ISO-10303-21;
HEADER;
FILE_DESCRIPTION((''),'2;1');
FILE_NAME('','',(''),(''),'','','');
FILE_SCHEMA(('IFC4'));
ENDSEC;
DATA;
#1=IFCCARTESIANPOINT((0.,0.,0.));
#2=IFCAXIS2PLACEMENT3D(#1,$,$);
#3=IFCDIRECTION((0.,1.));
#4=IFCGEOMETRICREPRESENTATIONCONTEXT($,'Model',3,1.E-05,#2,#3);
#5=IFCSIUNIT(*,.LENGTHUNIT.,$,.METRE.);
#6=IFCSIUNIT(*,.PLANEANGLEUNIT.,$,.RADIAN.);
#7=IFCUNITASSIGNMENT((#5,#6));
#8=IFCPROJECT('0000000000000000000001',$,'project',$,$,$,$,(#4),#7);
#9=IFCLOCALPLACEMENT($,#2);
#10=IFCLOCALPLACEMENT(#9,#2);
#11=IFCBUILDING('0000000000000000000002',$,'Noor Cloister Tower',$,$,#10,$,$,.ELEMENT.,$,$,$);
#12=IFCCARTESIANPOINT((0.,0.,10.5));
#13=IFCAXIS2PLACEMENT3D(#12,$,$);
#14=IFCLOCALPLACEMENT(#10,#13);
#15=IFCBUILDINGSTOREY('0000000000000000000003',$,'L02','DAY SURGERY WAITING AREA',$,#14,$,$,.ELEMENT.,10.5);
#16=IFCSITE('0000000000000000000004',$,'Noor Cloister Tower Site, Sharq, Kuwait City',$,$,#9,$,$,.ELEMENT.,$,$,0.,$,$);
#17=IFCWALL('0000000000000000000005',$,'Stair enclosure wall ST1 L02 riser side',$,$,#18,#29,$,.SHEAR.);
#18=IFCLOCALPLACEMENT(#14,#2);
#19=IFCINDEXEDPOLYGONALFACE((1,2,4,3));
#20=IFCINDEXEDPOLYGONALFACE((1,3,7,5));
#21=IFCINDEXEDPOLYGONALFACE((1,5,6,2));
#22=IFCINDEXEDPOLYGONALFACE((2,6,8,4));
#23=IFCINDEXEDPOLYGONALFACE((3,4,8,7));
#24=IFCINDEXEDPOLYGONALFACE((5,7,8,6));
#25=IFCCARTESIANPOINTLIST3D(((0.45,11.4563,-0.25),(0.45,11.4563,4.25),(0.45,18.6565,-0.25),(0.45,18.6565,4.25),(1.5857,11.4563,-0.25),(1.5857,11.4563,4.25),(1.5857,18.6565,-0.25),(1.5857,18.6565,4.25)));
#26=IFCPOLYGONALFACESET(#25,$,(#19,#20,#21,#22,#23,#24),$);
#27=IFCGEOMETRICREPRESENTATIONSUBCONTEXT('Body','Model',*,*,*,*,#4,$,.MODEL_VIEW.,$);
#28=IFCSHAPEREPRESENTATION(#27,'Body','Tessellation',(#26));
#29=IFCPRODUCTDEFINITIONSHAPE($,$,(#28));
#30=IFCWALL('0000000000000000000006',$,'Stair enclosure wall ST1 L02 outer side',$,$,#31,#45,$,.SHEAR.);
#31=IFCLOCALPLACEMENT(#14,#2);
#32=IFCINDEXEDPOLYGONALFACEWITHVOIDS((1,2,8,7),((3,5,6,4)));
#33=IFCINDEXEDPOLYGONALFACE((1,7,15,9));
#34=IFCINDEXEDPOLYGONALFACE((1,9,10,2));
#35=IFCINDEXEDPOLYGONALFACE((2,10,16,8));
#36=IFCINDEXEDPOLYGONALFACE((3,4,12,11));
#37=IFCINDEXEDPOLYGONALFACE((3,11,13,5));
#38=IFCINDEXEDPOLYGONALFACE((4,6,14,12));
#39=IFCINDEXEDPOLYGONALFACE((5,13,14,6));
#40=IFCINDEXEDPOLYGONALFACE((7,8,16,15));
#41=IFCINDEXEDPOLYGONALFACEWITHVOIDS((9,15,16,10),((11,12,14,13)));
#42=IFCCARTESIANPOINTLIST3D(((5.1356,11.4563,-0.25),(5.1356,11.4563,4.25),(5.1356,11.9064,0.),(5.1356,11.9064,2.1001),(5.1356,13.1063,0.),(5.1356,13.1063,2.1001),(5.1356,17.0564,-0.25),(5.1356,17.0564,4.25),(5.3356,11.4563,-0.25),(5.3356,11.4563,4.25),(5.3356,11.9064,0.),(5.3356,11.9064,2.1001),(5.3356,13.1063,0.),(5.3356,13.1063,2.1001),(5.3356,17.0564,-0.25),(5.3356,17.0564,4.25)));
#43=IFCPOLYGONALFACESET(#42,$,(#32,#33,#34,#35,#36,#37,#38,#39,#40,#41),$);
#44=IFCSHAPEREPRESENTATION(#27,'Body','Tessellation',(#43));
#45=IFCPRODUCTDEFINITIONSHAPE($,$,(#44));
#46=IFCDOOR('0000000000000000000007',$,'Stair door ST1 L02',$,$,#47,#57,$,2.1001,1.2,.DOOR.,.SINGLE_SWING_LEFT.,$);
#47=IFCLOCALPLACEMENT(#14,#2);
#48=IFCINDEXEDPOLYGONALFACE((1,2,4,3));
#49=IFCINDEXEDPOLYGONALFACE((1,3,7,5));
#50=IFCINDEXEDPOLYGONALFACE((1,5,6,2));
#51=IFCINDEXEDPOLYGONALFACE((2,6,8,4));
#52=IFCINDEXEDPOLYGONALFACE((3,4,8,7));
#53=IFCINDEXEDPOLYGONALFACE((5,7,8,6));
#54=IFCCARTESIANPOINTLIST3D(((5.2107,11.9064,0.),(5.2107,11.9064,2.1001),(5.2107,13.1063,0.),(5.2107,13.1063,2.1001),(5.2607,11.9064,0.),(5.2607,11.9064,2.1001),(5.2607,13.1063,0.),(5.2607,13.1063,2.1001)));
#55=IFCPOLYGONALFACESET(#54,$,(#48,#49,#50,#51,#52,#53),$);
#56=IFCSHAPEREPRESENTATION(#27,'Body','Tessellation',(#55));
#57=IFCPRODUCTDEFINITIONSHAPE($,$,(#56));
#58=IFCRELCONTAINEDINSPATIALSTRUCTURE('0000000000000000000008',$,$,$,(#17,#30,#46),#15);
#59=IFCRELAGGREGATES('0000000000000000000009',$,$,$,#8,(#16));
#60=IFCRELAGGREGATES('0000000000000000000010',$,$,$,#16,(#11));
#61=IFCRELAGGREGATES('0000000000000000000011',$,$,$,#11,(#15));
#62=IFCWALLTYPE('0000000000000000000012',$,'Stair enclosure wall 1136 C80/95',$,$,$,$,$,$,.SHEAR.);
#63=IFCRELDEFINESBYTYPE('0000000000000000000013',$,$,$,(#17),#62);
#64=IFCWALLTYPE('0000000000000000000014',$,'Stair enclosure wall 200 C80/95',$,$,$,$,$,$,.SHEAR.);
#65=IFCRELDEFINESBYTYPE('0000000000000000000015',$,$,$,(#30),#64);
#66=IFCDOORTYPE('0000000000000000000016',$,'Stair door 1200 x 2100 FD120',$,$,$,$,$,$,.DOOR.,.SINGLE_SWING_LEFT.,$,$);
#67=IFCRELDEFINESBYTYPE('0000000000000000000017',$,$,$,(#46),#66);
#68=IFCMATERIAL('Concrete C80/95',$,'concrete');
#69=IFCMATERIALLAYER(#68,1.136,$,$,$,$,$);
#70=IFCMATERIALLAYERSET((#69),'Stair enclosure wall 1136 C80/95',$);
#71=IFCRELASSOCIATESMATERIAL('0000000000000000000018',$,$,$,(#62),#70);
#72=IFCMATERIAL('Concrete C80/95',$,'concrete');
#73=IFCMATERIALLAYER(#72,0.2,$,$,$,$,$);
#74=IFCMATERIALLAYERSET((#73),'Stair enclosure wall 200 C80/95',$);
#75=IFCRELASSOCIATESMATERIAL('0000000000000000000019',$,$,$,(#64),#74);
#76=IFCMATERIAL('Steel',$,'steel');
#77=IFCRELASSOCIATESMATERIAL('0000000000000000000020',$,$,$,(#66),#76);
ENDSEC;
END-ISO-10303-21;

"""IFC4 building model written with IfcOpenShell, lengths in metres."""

from ifc_helpers import new_model, si_unit, direction, frame, frame_2d, origin, place, context, subcontext, project, spatial, rectangle, extrude, material, layer, layer_set, type_object, element, fill, save


model = new_model("IFC4")

# Units and contexts
model_context = context("Model", 3, precision=1e-05, world=origin(), true_north=direction((0.0, 1.0)))
body_context = subcontext(model_context, "Body", "Model", "MODEL_VIEW")
ifc_project = project(units=[si_unit("LENGTHUNIT", "METRE"), si_unit("PLANEANGLEUNIT", "RADIAN")], contexts=[model_context])

# Site, building, storey
site_placement = place(None, origin())
site = spatial("IfcSite", under=ifc_project, at=site_placement, Name="Noor Cloister Tower Site, Sharq, Kuwait City", CompositionType="ELEMENT", RefElevation=0.0)
building_placement = place(site_placement, origin())
building = spatial("IfcBuilding", under=site, at=building_placement, Name="Noor Cloister Tower", CompositionType="ELEMENT")
storey_placement = place(building_placement, frame((0.0, 0.0, 10.5)))
storey = spatial("IfcBuildingStorey", under=building, at=storey_placement, Name="L02", Description="DAY SURGERY WAITING AREA", CompositionType="ELEMENT", Elevation=10.5)

# Wall
ifc_material_1 = material(Name="Concrete C80/95", Category="concrete")
ifc_layer_1 = layer(ifc_material_1, 1.136)
ifc_layer_set_1 = layer_set([ifc_layer_1], Name="Stair enclosure wall 1136 C80/95")
wall_type_1 = type_object("IfcWallType", Name="Stair enclosure wall 1136 C80/95", PredefinedType="SHEAR", material=ifc_layer_set_1)
wall_1_placement = place(storey_placement, frame((1.0178, 11.4563, -0.25), z_axis=(0.0, 0.0, 1.0), x_axis=(0.0, 1.0, 0.0)))
element("IfcWall", 1, at=wall_1_placement, inside=storey, type_object=wall_type_1, Name="Stair enclosure wall ST1 L02 riser side", PredefinedType="SHEAR", context=body_context, shape_type="SweptSolid", body=[
    extrude(rectangle(XDim=7.2002, YDim=1.1357, at=frame_2d((3.6001, 0.0))), origin(), (0.0, 0.0, 1.0), 4.5),
])

# Wall, opening, door
ifc_material_2 = material(Name="Concrete C80/95", Category="concrete")
ifc_layer_2 = layer(ifc_material_2, 0.2)
ifc_layer_set_2 = layer_set([ifc_layer_2], Name="Stair enclosure wall 200 C80/95")
wall_type_2 = type_object("IfcWallType", Name="Stair enclosure wall 200 C80/95", PredefinedType="SHEAR", material=ifc_layer_set_2)
wall_2_placement = place(storey_placement, frame((5.2356, 11.4563, -0.25), z_axis=(0.0, 0.0, 1.0), x_axis=(0.0, 1.0, 0.0)))
wall_2 = element("IfcWall", 2, at=wall_2_placement, inside=storey, type_object=wall_type_2, Name="Stair enclosure wall ST1 L02 outer side", PredefinedType="SHEAR", context=body_context, shape_type="SweptSolid", body=[
    extrude(rectangle(XDim=5.6001, YDim=0.2, at=frame_2d((2.8, 0.0))), origin(), (0.0, 0.0, 1.0), 4.5),
])
opening_1_placement = place(wall_2_placement, frame((0.45, 0.0, 0.25)))
opening_1 = element("IfcOpeningElement", 3, at=opening_1_placement, cuts=wall_2, PredefinedType="OPENING", context=body_context, shape_type="SweptSolid", body=[
    extrude(rectangle(XDim=1.2, YDim=2.1001, at=frame_2d((0.6001, 1.05))), frame((0.0, 0.1099, 0.0), z_axis=(0.0, -1.0, 0.0), x_axis=(1.0, 0.0, 0.0)), (0.0, 0.0, 1.0), 0.22),
])
ifc_material_3 = material(Name="Steel", Category="steel")
door_type_1 = type_object("IfcDoorType", Name="Stair door 1200 x 2100 FD120", OperationType="SINGLE_SWING_LEFT", PredefinedType="DOOR", material=ifc_material_3)
door_1_placement = place(opening_1_placement, origin())
door_1 = element("IfcDoor", 4, at=door_1_placement, inside=storey, type_object=door_type_1, Name="Stair door ST1 L02", OperationType="SINGLE_SWING_LEFT", OverallHeight=2.1001, OverallWidth=1.2, PredefinedType="DOOR", context=body_context, shape_type="SweptSolid", body=[
    extrude(rectangle(XDim=1.2, YDim=2.1001, at=frame_2d((0.6001, 1.05))), frame((0.0, 0.0249, 0.0), z_axis=(0.0, -1.0, 0.0), x_axis=(1.0, 0.0, 0.0)), (0.0, 0.0, 1.0), 0.05),
])
fill(opening_1, door_1)

save(model, "model.ifc")
